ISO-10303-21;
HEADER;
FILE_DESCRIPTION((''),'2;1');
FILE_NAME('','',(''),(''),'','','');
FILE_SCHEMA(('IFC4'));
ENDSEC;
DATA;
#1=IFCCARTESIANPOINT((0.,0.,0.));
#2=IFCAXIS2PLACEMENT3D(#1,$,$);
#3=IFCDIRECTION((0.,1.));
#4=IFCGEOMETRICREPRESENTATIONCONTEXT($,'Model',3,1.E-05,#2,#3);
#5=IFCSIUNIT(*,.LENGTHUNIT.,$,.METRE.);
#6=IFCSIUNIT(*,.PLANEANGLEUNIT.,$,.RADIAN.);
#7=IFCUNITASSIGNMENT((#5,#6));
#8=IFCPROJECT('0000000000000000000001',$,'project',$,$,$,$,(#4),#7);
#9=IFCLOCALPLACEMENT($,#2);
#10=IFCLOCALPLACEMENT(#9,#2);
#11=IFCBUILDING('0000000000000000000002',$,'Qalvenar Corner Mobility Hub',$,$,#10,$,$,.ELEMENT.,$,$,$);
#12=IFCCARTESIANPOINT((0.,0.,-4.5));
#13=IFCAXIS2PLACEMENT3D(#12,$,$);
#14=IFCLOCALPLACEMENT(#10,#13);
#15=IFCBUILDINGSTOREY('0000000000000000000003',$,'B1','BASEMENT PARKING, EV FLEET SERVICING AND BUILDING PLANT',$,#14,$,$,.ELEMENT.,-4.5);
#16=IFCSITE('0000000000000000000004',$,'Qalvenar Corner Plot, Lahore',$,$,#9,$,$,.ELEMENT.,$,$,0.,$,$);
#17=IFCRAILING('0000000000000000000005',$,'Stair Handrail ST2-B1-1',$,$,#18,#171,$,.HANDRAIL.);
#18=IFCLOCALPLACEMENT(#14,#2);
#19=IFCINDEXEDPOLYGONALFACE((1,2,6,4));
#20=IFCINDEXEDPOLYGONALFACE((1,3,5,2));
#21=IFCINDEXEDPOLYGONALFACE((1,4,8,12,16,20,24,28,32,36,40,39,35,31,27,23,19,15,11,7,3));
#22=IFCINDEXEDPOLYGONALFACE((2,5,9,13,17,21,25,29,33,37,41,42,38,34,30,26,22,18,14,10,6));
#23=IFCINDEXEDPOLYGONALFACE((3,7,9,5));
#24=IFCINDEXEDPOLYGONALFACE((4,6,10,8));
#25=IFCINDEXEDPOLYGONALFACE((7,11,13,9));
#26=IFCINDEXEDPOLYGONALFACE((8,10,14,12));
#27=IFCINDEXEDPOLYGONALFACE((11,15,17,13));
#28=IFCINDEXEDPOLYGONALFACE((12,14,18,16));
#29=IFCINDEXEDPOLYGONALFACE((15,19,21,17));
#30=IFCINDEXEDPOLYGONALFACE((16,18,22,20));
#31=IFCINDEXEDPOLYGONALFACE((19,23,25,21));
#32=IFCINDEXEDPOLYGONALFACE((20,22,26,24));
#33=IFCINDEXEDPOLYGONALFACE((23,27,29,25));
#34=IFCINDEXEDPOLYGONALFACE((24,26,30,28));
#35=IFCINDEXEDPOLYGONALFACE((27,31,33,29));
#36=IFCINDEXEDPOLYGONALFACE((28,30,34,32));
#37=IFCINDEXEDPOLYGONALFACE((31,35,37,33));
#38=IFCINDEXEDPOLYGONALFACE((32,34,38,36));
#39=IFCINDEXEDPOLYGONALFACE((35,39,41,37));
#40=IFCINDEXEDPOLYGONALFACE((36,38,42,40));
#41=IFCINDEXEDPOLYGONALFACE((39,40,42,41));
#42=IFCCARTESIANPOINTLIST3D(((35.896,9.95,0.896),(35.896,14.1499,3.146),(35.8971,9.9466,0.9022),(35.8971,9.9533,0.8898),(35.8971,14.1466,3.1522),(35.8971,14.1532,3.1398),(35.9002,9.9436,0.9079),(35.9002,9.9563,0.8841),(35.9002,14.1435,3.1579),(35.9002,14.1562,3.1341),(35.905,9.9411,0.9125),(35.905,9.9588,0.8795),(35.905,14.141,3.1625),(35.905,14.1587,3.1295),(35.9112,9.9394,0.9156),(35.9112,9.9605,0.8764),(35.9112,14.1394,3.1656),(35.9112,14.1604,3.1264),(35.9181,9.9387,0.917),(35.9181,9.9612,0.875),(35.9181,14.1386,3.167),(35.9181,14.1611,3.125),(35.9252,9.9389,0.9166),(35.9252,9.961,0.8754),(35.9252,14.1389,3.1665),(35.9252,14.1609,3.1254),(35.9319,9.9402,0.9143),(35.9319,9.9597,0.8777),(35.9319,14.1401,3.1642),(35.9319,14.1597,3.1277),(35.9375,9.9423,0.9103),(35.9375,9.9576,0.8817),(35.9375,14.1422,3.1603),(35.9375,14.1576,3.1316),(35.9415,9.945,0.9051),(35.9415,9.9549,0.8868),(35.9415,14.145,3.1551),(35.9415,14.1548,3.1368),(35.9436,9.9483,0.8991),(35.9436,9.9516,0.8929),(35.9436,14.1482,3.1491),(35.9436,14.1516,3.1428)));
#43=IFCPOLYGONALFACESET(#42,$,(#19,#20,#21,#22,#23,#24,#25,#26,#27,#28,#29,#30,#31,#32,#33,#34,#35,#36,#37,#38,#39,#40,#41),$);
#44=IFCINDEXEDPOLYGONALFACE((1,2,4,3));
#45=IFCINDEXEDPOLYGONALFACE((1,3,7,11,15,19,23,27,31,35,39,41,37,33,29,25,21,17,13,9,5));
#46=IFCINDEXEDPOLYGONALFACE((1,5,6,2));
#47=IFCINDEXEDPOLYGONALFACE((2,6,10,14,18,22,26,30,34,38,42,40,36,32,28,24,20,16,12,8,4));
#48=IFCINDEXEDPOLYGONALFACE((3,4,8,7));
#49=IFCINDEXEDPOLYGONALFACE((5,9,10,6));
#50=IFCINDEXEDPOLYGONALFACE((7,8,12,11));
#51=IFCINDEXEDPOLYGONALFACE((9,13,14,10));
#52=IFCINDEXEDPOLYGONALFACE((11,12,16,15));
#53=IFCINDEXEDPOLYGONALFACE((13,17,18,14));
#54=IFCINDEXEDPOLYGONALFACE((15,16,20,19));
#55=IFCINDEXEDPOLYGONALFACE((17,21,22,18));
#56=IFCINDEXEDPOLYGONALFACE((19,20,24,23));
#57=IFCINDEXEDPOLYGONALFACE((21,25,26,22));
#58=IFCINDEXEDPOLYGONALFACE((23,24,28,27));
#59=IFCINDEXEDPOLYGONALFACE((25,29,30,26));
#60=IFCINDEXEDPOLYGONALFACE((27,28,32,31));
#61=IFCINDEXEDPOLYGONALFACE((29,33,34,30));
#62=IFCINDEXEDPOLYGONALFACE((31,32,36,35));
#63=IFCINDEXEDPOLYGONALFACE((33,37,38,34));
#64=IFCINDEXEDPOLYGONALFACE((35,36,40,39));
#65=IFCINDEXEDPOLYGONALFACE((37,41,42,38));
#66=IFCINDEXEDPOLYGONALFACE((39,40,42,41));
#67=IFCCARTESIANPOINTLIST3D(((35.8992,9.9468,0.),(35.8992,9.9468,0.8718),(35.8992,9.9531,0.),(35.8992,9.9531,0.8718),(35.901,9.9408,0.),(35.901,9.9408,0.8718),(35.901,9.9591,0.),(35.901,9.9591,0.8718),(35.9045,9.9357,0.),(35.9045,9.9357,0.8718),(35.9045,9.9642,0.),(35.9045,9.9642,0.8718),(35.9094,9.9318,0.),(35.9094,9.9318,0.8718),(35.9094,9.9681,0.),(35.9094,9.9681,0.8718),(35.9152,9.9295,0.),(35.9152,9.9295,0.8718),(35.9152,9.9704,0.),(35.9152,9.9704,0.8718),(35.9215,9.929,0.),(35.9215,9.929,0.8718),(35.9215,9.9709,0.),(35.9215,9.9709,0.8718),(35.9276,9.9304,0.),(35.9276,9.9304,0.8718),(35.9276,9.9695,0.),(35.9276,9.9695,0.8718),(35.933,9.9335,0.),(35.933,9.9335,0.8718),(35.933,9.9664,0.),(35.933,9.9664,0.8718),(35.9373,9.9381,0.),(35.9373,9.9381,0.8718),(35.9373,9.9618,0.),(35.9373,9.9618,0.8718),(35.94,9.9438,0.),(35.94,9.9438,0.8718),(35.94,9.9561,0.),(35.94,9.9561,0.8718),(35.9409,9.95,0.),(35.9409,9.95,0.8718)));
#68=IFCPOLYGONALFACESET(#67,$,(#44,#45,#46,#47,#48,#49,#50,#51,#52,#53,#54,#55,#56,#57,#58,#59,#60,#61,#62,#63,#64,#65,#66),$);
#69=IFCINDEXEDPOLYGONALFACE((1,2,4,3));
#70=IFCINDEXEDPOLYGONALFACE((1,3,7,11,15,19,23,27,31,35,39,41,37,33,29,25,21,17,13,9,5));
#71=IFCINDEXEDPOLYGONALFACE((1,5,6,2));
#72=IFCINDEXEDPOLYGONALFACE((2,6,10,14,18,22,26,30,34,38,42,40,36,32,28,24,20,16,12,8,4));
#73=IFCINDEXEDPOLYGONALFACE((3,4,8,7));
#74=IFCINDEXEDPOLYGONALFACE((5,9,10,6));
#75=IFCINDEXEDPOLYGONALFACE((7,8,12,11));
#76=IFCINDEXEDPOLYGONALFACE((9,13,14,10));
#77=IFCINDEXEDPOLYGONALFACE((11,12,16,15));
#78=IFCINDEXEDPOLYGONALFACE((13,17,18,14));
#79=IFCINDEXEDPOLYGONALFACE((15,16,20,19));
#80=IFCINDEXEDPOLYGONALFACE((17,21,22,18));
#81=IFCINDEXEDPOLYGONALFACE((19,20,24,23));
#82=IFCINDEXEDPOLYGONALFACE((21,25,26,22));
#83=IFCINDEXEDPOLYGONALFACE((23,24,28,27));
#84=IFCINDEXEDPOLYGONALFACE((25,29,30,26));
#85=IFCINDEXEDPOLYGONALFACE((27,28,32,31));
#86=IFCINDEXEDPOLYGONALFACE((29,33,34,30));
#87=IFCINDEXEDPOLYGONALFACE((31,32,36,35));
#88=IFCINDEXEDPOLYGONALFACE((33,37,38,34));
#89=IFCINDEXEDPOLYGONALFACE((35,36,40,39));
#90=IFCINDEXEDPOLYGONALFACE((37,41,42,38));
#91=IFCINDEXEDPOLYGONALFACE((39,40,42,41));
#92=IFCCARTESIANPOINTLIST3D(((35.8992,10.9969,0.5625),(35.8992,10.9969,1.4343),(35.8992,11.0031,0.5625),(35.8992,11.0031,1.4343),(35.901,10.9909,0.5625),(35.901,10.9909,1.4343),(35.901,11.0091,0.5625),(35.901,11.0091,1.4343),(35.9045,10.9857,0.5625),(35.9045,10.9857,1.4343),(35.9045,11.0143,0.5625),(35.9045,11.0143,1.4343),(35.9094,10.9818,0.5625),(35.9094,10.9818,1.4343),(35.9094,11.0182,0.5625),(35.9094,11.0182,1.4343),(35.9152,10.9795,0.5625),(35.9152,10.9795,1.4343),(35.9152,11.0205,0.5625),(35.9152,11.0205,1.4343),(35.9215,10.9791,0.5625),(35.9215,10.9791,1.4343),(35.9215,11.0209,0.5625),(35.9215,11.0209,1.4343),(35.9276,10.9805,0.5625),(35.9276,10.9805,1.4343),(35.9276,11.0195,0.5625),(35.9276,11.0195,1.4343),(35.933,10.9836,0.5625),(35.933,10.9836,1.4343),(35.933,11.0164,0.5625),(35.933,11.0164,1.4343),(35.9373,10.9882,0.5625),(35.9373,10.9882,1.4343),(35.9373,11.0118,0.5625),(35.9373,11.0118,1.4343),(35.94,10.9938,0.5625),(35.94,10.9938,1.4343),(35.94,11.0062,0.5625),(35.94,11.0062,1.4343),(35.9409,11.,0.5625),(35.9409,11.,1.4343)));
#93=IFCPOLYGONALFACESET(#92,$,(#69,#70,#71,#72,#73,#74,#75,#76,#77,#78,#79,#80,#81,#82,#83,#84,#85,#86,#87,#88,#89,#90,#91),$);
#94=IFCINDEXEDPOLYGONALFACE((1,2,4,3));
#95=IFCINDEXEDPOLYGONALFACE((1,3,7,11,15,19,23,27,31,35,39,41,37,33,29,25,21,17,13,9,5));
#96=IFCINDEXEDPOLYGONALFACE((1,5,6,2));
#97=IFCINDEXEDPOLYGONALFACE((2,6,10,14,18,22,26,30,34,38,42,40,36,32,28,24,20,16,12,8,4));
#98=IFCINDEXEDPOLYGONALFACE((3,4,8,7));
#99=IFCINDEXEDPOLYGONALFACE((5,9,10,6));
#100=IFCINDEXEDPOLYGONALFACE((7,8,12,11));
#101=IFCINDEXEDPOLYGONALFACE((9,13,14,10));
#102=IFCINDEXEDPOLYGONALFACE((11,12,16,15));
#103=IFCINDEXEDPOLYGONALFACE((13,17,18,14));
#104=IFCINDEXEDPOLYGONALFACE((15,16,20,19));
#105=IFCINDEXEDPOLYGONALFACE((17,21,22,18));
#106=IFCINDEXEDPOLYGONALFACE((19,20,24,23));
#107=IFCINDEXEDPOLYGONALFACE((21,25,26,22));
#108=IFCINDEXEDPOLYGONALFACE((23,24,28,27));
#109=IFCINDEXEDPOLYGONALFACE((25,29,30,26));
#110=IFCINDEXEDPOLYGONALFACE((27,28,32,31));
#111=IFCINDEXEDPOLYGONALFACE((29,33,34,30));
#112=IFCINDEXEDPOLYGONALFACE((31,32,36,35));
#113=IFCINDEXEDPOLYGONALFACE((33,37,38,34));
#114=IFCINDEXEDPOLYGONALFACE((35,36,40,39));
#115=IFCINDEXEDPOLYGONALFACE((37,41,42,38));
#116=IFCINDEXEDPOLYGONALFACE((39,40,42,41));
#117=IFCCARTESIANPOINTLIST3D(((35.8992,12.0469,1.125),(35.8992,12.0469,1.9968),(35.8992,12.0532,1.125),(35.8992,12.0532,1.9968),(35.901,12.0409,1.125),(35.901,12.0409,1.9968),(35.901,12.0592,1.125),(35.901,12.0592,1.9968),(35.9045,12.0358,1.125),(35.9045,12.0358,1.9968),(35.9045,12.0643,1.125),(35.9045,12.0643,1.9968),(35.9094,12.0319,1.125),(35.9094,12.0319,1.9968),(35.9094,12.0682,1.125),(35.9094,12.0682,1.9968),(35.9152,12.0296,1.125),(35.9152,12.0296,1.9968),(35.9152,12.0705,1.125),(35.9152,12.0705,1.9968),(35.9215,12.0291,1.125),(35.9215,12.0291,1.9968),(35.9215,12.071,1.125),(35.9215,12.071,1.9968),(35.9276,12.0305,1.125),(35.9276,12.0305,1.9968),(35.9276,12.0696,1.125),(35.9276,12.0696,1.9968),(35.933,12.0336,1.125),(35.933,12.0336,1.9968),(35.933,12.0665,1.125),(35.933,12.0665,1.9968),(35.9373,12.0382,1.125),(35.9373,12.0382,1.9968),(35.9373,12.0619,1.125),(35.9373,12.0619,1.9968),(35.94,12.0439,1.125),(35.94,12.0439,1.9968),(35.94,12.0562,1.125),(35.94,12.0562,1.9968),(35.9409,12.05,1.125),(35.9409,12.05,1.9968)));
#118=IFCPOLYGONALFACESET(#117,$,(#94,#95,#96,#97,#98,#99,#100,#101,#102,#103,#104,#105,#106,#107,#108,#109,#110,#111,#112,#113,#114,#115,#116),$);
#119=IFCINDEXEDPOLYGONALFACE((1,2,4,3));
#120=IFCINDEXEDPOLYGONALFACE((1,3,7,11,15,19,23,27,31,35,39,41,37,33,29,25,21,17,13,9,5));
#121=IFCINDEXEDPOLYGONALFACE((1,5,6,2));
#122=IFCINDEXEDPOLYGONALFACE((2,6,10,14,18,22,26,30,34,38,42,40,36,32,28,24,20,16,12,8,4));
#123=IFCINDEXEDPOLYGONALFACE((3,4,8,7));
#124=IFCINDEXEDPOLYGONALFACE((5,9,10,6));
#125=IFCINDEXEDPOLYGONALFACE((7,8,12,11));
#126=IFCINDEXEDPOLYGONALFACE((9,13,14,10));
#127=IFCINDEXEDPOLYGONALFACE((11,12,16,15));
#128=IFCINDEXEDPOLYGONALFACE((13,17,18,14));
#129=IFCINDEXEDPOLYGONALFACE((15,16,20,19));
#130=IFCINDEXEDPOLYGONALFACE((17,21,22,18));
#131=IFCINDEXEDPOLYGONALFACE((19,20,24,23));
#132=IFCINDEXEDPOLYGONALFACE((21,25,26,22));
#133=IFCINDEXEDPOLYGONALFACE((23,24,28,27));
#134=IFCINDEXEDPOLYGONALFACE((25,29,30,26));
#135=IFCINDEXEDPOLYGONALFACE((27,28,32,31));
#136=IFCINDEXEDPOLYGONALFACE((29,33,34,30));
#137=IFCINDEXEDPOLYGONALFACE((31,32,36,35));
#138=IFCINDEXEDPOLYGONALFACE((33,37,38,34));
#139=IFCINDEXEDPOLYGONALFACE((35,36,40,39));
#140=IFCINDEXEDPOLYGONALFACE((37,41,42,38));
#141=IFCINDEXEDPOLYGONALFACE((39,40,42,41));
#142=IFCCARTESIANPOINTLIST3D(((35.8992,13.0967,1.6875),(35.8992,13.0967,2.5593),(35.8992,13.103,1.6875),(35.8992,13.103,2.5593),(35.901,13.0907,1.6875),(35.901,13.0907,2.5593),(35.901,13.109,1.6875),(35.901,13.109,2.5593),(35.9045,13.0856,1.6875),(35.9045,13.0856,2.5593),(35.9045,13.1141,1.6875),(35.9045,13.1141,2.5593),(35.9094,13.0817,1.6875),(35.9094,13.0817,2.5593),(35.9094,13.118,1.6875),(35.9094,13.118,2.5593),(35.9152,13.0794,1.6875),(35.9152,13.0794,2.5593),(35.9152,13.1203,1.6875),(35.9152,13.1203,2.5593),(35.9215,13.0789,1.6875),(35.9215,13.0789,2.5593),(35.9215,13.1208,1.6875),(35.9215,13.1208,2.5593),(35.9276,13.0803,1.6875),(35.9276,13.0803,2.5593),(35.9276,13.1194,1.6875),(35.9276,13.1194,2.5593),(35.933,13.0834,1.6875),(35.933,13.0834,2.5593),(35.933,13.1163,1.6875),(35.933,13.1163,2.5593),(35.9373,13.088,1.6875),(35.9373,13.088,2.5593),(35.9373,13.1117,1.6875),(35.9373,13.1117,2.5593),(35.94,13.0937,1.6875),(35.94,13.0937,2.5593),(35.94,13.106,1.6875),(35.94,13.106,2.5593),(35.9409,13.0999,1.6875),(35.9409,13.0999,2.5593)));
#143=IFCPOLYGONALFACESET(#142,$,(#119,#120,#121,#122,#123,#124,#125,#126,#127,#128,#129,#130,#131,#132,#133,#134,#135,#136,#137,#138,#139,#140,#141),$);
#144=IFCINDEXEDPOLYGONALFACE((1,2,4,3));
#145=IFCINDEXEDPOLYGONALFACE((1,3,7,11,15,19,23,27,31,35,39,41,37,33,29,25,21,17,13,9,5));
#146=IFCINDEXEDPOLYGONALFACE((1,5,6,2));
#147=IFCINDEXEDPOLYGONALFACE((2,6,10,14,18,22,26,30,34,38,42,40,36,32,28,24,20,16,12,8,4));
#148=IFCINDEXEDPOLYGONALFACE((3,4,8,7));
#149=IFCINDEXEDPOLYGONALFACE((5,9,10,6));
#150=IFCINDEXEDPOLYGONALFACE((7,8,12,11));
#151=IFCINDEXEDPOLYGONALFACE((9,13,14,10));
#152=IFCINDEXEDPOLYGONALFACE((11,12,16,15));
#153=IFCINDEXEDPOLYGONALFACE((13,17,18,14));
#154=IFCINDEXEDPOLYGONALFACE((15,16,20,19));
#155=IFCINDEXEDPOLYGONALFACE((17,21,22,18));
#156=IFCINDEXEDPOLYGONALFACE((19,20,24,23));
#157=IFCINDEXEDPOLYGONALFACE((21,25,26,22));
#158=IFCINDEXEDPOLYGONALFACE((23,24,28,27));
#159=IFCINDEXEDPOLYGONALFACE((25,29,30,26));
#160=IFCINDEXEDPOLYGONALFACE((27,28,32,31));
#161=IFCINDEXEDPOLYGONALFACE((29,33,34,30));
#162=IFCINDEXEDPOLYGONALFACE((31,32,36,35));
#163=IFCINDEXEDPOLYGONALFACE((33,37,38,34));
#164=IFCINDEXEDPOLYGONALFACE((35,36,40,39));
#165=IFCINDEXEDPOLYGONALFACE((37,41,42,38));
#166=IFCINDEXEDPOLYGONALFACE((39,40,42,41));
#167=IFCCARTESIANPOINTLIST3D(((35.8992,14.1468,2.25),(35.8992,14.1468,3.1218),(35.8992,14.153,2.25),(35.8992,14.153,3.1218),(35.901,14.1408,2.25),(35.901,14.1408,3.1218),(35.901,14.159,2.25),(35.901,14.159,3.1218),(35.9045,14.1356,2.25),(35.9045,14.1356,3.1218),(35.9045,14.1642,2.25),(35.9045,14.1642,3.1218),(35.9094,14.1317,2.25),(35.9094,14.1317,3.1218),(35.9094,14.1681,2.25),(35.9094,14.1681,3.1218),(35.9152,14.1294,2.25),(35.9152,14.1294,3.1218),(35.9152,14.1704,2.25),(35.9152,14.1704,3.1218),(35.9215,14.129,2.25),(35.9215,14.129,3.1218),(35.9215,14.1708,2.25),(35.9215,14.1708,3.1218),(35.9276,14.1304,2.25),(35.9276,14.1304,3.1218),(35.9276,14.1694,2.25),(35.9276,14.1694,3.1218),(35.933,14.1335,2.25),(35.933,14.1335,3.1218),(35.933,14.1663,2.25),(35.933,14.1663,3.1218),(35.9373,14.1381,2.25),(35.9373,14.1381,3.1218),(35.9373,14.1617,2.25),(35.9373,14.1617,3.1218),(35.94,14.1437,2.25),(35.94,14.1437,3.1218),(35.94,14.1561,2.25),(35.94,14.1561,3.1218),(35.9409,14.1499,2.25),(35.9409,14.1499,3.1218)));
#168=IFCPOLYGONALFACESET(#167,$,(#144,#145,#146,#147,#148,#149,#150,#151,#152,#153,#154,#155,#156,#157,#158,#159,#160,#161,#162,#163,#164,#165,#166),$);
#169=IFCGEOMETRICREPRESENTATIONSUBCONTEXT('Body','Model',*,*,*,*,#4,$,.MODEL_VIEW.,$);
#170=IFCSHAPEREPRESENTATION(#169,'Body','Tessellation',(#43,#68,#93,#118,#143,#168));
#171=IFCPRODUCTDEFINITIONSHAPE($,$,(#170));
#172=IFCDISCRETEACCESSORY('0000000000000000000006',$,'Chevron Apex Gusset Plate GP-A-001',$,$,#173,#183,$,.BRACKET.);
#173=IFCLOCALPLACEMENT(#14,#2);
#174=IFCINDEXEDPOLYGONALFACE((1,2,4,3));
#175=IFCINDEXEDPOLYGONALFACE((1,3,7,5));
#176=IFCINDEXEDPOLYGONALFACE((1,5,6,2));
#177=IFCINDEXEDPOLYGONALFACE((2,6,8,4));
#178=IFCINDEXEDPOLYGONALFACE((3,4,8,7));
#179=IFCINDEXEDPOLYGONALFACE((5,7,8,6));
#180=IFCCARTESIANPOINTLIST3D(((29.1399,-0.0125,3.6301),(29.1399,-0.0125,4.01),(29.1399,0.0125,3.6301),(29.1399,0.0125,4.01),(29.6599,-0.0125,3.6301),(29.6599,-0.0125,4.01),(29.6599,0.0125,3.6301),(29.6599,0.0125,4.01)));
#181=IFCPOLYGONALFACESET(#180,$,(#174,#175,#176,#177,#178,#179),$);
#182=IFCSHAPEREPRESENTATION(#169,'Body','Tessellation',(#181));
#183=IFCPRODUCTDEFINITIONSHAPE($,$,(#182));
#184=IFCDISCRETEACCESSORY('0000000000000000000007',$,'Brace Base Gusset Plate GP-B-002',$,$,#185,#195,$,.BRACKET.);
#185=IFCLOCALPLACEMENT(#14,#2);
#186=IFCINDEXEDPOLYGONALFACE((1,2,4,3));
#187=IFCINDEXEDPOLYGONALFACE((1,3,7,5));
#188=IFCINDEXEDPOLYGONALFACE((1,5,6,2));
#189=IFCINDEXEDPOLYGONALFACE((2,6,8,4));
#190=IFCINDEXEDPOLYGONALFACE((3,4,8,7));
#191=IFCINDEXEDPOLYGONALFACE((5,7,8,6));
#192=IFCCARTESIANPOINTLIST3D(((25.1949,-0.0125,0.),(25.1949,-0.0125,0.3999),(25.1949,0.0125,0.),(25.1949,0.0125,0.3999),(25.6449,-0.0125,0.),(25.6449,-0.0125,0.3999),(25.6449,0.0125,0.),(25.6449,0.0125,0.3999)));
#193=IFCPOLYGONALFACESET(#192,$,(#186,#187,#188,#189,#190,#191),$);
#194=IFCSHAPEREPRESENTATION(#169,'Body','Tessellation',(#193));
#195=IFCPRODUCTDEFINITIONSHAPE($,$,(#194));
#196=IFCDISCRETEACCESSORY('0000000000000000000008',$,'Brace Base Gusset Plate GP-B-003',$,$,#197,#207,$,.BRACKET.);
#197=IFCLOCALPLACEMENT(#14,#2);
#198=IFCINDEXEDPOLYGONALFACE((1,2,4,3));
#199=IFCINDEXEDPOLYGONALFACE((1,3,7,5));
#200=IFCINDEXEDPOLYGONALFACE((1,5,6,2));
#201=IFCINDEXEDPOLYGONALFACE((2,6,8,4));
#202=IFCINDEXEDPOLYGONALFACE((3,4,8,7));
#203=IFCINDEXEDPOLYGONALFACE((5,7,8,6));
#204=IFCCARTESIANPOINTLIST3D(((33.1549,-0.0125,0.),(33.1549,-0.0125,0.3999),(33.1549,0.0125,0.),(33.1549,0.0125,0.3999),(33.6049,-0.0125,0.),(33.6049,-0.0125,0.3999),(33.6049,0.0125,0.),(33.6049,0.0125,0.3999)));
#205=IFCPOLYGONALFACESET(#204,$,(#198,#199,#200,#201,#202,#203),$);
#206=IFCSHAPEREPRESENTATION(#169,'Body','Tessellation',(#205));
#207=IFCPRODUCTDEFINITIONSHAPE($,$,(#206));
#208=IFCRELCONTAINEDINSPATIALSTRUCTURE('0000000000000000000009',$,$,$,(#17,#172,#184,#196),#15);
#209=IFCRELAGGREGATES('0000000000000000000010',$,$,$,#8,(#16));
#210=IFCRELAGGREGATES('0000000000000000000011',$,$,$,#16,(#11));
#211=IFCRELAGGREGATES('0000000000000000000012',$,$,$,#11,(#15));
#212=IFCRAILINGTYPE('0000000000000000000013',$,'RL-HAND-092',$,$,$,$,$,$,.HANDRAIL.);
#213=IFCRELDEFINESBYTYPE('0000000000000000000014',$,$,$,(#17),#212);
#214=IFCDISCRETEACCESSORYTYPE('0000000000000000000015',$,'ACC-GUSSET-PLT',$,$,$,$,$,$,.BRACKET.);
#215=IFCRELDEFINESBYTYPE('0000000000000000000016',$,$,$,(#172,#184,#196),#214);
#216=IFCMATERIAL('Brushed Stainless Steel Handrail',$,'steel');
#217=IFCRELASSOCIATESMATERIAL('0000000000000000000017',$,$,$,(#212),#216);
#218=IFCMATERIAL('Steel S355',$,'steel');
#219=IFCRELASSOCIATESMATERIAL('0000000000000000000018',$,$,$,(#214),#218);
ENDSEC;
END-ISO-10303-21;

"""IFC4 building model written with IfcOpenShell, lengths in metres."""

from ifc_helpers import new_model, si_unit, direction, frame, origin, origin_2d, place, context, subcontext, project, spatial, rectangle, circle, extrude, material, type_object, element, save


model = new_model("IFC4")

# Units and contexts
model_context = context("Model", 3, precision=1e-05, world=origin(), true_north=direction((0.0, 1.0)))
body_context = subcontext(model_context, "Body", "Model", "MODEL_VIEW")
ifc_project = project(units=[si_unit("LENGTHUNIT", "METRE"), si_unit("PLANEANGLEUNIT", "RADIAN")], contexts=[model_context])

# Site, building, storey
site_placement = place(None, origin())
site = spatial("IfcSite", under=ifc_project, at=site_placement, Name="Qalvenar Corner Plot, Lahore", CompositionType="ELEMENT", RefElevation=0.0)
building_placement = place(site_placement, origin())
building = spatial("IfcBuilding", under=site, at=building_placement, Name="Qalvenar Corner Mobility Hub", CompositionType="ELEMENT")
storey_placement = place(building_placement, frame((0.0, 0.0, -4.5)))
storey = spatial("IfcBuildingStorey", under=building, at=storey_placement, Name="B1", Description="BASEMENT PARKING, EV FLEET SERVICING AND BUILDING PLANT", CompositionType="ELEMENT", Elevation=-4.5)

# Shared definitions
ifc_material_1 = material(Name="Steel S355", Category="steel")

# Railing
ifc_material_2 = material(Name="Brushed Stainless Steel Handrail", Category="steel")
railing_type = type_object("IfcRailingType", Name="RL-HAND-092", PredefinedType="HANDRAIL", material=ifc_material_2)
railing_placement = place(storey_placement, frame((35.9199, 9.95, 0.0)))
element("IfcRailing", 1, at=railing_placement, inside=storey, type_object=railing_type, Name="Stair Handrail ST2-B1-1", PredefinedType="HANDRAIL", context=body_context, shape_type="SweptSolid", body=[
    extrude(circle(Radius=0.0239, at=origin_2d()), frame((0.0, 0.0, 0.896), z_axis=(0.0, 0.881478, 0.472226), x_axis=(-1.0, 0.0, 0.0)), (0.0, 0.0, 1.0), 4.7646),
    extrude(circle(Radius=0.021, at=origin_2d()), origin(), (0.0, 0.0, 1.0), 0.8718),
    extrude(circle(Radius=0.021, at=origin_2d()), frame((0.0, 1.05, 0.5625)), (0.0, 0.0, 1.0), 0.8718),
    extrude(circle(Radius=0.021, at=origin_2d()), frame((0.0, 2.1001, 1.125)), (0.0, 0.0, 1.0), 0.8718),
    extrude(circle(Radius=0.021, at=origin_2d()), frame((0.0, 3.1499, 1.6875)), (0.0, 0.0, 1.0), 0.8718),
    extrude(circle(Radius=0.021, at=origin_2d()), frame((0.0, 4.2, 2.25)), (0.0, 0.0, 1.0), 0.8718),
])

# Discrete accessories
discrete_accessory_type = type_object("IfcDiscreteAccessoryType", Name="ACC-GUSSET-PLT", PredefinedType="BRACKET", material=ifc_material_1)
discrete_accessory_placement = place(storey_placement, frame((29.3999, 0.0, 3.6301), z_axis=(0.0, 0.0, 1.0), x_axis=(1.0, 0.0, 0.0)))
element("IfcDiscreteAccessory", 2, at=discrete_accessory_placement, inside=storey, type_object=discrete_accessory_type, Name="Chevron Apex Gusset Plate GP-A-001", PredefinedType="BRACKET", context=body_context, shape_type="SweptSolid", body=[
    extrude(rectangle(XDim=0.52, YDim=0.0249, at=origin_2d()), origin(), (0.0, 0.0, 1.0), 0.3799),
])
for number, where, z_axis, x_axis, name in (
    (3, (25.4199, 0.0, 0.0), (0.0, 0.0, 1.0), (1.0, 0.0, 0.0), "Brace Base Gusset Plate GP-B-002"),
    (4, (33.3799, 0.0, 0.0), (0.0, 0.0, 1.0), (1.0, 0.0, 0.0), "Brace Base Gusset Plate GP-B-003"),
):
    element("IfcDiscreteAccessory", number, at=place(storey_placement, frame(where, z_axis=z_axis, x_axis=x_axis)), inside=storey, type_object=discrete_accessory_type, Name=name, PredefinedType="BRACKET", context=body_context, shape_type="SweptSolid", body=[
        extrude(rectangle(XDim=0.45, YDim=0.0249, at=origin_2d()), origin(), (0.0, 0.0, 1.0), 0.3999),
    ])

save(model, "model.ifc")
